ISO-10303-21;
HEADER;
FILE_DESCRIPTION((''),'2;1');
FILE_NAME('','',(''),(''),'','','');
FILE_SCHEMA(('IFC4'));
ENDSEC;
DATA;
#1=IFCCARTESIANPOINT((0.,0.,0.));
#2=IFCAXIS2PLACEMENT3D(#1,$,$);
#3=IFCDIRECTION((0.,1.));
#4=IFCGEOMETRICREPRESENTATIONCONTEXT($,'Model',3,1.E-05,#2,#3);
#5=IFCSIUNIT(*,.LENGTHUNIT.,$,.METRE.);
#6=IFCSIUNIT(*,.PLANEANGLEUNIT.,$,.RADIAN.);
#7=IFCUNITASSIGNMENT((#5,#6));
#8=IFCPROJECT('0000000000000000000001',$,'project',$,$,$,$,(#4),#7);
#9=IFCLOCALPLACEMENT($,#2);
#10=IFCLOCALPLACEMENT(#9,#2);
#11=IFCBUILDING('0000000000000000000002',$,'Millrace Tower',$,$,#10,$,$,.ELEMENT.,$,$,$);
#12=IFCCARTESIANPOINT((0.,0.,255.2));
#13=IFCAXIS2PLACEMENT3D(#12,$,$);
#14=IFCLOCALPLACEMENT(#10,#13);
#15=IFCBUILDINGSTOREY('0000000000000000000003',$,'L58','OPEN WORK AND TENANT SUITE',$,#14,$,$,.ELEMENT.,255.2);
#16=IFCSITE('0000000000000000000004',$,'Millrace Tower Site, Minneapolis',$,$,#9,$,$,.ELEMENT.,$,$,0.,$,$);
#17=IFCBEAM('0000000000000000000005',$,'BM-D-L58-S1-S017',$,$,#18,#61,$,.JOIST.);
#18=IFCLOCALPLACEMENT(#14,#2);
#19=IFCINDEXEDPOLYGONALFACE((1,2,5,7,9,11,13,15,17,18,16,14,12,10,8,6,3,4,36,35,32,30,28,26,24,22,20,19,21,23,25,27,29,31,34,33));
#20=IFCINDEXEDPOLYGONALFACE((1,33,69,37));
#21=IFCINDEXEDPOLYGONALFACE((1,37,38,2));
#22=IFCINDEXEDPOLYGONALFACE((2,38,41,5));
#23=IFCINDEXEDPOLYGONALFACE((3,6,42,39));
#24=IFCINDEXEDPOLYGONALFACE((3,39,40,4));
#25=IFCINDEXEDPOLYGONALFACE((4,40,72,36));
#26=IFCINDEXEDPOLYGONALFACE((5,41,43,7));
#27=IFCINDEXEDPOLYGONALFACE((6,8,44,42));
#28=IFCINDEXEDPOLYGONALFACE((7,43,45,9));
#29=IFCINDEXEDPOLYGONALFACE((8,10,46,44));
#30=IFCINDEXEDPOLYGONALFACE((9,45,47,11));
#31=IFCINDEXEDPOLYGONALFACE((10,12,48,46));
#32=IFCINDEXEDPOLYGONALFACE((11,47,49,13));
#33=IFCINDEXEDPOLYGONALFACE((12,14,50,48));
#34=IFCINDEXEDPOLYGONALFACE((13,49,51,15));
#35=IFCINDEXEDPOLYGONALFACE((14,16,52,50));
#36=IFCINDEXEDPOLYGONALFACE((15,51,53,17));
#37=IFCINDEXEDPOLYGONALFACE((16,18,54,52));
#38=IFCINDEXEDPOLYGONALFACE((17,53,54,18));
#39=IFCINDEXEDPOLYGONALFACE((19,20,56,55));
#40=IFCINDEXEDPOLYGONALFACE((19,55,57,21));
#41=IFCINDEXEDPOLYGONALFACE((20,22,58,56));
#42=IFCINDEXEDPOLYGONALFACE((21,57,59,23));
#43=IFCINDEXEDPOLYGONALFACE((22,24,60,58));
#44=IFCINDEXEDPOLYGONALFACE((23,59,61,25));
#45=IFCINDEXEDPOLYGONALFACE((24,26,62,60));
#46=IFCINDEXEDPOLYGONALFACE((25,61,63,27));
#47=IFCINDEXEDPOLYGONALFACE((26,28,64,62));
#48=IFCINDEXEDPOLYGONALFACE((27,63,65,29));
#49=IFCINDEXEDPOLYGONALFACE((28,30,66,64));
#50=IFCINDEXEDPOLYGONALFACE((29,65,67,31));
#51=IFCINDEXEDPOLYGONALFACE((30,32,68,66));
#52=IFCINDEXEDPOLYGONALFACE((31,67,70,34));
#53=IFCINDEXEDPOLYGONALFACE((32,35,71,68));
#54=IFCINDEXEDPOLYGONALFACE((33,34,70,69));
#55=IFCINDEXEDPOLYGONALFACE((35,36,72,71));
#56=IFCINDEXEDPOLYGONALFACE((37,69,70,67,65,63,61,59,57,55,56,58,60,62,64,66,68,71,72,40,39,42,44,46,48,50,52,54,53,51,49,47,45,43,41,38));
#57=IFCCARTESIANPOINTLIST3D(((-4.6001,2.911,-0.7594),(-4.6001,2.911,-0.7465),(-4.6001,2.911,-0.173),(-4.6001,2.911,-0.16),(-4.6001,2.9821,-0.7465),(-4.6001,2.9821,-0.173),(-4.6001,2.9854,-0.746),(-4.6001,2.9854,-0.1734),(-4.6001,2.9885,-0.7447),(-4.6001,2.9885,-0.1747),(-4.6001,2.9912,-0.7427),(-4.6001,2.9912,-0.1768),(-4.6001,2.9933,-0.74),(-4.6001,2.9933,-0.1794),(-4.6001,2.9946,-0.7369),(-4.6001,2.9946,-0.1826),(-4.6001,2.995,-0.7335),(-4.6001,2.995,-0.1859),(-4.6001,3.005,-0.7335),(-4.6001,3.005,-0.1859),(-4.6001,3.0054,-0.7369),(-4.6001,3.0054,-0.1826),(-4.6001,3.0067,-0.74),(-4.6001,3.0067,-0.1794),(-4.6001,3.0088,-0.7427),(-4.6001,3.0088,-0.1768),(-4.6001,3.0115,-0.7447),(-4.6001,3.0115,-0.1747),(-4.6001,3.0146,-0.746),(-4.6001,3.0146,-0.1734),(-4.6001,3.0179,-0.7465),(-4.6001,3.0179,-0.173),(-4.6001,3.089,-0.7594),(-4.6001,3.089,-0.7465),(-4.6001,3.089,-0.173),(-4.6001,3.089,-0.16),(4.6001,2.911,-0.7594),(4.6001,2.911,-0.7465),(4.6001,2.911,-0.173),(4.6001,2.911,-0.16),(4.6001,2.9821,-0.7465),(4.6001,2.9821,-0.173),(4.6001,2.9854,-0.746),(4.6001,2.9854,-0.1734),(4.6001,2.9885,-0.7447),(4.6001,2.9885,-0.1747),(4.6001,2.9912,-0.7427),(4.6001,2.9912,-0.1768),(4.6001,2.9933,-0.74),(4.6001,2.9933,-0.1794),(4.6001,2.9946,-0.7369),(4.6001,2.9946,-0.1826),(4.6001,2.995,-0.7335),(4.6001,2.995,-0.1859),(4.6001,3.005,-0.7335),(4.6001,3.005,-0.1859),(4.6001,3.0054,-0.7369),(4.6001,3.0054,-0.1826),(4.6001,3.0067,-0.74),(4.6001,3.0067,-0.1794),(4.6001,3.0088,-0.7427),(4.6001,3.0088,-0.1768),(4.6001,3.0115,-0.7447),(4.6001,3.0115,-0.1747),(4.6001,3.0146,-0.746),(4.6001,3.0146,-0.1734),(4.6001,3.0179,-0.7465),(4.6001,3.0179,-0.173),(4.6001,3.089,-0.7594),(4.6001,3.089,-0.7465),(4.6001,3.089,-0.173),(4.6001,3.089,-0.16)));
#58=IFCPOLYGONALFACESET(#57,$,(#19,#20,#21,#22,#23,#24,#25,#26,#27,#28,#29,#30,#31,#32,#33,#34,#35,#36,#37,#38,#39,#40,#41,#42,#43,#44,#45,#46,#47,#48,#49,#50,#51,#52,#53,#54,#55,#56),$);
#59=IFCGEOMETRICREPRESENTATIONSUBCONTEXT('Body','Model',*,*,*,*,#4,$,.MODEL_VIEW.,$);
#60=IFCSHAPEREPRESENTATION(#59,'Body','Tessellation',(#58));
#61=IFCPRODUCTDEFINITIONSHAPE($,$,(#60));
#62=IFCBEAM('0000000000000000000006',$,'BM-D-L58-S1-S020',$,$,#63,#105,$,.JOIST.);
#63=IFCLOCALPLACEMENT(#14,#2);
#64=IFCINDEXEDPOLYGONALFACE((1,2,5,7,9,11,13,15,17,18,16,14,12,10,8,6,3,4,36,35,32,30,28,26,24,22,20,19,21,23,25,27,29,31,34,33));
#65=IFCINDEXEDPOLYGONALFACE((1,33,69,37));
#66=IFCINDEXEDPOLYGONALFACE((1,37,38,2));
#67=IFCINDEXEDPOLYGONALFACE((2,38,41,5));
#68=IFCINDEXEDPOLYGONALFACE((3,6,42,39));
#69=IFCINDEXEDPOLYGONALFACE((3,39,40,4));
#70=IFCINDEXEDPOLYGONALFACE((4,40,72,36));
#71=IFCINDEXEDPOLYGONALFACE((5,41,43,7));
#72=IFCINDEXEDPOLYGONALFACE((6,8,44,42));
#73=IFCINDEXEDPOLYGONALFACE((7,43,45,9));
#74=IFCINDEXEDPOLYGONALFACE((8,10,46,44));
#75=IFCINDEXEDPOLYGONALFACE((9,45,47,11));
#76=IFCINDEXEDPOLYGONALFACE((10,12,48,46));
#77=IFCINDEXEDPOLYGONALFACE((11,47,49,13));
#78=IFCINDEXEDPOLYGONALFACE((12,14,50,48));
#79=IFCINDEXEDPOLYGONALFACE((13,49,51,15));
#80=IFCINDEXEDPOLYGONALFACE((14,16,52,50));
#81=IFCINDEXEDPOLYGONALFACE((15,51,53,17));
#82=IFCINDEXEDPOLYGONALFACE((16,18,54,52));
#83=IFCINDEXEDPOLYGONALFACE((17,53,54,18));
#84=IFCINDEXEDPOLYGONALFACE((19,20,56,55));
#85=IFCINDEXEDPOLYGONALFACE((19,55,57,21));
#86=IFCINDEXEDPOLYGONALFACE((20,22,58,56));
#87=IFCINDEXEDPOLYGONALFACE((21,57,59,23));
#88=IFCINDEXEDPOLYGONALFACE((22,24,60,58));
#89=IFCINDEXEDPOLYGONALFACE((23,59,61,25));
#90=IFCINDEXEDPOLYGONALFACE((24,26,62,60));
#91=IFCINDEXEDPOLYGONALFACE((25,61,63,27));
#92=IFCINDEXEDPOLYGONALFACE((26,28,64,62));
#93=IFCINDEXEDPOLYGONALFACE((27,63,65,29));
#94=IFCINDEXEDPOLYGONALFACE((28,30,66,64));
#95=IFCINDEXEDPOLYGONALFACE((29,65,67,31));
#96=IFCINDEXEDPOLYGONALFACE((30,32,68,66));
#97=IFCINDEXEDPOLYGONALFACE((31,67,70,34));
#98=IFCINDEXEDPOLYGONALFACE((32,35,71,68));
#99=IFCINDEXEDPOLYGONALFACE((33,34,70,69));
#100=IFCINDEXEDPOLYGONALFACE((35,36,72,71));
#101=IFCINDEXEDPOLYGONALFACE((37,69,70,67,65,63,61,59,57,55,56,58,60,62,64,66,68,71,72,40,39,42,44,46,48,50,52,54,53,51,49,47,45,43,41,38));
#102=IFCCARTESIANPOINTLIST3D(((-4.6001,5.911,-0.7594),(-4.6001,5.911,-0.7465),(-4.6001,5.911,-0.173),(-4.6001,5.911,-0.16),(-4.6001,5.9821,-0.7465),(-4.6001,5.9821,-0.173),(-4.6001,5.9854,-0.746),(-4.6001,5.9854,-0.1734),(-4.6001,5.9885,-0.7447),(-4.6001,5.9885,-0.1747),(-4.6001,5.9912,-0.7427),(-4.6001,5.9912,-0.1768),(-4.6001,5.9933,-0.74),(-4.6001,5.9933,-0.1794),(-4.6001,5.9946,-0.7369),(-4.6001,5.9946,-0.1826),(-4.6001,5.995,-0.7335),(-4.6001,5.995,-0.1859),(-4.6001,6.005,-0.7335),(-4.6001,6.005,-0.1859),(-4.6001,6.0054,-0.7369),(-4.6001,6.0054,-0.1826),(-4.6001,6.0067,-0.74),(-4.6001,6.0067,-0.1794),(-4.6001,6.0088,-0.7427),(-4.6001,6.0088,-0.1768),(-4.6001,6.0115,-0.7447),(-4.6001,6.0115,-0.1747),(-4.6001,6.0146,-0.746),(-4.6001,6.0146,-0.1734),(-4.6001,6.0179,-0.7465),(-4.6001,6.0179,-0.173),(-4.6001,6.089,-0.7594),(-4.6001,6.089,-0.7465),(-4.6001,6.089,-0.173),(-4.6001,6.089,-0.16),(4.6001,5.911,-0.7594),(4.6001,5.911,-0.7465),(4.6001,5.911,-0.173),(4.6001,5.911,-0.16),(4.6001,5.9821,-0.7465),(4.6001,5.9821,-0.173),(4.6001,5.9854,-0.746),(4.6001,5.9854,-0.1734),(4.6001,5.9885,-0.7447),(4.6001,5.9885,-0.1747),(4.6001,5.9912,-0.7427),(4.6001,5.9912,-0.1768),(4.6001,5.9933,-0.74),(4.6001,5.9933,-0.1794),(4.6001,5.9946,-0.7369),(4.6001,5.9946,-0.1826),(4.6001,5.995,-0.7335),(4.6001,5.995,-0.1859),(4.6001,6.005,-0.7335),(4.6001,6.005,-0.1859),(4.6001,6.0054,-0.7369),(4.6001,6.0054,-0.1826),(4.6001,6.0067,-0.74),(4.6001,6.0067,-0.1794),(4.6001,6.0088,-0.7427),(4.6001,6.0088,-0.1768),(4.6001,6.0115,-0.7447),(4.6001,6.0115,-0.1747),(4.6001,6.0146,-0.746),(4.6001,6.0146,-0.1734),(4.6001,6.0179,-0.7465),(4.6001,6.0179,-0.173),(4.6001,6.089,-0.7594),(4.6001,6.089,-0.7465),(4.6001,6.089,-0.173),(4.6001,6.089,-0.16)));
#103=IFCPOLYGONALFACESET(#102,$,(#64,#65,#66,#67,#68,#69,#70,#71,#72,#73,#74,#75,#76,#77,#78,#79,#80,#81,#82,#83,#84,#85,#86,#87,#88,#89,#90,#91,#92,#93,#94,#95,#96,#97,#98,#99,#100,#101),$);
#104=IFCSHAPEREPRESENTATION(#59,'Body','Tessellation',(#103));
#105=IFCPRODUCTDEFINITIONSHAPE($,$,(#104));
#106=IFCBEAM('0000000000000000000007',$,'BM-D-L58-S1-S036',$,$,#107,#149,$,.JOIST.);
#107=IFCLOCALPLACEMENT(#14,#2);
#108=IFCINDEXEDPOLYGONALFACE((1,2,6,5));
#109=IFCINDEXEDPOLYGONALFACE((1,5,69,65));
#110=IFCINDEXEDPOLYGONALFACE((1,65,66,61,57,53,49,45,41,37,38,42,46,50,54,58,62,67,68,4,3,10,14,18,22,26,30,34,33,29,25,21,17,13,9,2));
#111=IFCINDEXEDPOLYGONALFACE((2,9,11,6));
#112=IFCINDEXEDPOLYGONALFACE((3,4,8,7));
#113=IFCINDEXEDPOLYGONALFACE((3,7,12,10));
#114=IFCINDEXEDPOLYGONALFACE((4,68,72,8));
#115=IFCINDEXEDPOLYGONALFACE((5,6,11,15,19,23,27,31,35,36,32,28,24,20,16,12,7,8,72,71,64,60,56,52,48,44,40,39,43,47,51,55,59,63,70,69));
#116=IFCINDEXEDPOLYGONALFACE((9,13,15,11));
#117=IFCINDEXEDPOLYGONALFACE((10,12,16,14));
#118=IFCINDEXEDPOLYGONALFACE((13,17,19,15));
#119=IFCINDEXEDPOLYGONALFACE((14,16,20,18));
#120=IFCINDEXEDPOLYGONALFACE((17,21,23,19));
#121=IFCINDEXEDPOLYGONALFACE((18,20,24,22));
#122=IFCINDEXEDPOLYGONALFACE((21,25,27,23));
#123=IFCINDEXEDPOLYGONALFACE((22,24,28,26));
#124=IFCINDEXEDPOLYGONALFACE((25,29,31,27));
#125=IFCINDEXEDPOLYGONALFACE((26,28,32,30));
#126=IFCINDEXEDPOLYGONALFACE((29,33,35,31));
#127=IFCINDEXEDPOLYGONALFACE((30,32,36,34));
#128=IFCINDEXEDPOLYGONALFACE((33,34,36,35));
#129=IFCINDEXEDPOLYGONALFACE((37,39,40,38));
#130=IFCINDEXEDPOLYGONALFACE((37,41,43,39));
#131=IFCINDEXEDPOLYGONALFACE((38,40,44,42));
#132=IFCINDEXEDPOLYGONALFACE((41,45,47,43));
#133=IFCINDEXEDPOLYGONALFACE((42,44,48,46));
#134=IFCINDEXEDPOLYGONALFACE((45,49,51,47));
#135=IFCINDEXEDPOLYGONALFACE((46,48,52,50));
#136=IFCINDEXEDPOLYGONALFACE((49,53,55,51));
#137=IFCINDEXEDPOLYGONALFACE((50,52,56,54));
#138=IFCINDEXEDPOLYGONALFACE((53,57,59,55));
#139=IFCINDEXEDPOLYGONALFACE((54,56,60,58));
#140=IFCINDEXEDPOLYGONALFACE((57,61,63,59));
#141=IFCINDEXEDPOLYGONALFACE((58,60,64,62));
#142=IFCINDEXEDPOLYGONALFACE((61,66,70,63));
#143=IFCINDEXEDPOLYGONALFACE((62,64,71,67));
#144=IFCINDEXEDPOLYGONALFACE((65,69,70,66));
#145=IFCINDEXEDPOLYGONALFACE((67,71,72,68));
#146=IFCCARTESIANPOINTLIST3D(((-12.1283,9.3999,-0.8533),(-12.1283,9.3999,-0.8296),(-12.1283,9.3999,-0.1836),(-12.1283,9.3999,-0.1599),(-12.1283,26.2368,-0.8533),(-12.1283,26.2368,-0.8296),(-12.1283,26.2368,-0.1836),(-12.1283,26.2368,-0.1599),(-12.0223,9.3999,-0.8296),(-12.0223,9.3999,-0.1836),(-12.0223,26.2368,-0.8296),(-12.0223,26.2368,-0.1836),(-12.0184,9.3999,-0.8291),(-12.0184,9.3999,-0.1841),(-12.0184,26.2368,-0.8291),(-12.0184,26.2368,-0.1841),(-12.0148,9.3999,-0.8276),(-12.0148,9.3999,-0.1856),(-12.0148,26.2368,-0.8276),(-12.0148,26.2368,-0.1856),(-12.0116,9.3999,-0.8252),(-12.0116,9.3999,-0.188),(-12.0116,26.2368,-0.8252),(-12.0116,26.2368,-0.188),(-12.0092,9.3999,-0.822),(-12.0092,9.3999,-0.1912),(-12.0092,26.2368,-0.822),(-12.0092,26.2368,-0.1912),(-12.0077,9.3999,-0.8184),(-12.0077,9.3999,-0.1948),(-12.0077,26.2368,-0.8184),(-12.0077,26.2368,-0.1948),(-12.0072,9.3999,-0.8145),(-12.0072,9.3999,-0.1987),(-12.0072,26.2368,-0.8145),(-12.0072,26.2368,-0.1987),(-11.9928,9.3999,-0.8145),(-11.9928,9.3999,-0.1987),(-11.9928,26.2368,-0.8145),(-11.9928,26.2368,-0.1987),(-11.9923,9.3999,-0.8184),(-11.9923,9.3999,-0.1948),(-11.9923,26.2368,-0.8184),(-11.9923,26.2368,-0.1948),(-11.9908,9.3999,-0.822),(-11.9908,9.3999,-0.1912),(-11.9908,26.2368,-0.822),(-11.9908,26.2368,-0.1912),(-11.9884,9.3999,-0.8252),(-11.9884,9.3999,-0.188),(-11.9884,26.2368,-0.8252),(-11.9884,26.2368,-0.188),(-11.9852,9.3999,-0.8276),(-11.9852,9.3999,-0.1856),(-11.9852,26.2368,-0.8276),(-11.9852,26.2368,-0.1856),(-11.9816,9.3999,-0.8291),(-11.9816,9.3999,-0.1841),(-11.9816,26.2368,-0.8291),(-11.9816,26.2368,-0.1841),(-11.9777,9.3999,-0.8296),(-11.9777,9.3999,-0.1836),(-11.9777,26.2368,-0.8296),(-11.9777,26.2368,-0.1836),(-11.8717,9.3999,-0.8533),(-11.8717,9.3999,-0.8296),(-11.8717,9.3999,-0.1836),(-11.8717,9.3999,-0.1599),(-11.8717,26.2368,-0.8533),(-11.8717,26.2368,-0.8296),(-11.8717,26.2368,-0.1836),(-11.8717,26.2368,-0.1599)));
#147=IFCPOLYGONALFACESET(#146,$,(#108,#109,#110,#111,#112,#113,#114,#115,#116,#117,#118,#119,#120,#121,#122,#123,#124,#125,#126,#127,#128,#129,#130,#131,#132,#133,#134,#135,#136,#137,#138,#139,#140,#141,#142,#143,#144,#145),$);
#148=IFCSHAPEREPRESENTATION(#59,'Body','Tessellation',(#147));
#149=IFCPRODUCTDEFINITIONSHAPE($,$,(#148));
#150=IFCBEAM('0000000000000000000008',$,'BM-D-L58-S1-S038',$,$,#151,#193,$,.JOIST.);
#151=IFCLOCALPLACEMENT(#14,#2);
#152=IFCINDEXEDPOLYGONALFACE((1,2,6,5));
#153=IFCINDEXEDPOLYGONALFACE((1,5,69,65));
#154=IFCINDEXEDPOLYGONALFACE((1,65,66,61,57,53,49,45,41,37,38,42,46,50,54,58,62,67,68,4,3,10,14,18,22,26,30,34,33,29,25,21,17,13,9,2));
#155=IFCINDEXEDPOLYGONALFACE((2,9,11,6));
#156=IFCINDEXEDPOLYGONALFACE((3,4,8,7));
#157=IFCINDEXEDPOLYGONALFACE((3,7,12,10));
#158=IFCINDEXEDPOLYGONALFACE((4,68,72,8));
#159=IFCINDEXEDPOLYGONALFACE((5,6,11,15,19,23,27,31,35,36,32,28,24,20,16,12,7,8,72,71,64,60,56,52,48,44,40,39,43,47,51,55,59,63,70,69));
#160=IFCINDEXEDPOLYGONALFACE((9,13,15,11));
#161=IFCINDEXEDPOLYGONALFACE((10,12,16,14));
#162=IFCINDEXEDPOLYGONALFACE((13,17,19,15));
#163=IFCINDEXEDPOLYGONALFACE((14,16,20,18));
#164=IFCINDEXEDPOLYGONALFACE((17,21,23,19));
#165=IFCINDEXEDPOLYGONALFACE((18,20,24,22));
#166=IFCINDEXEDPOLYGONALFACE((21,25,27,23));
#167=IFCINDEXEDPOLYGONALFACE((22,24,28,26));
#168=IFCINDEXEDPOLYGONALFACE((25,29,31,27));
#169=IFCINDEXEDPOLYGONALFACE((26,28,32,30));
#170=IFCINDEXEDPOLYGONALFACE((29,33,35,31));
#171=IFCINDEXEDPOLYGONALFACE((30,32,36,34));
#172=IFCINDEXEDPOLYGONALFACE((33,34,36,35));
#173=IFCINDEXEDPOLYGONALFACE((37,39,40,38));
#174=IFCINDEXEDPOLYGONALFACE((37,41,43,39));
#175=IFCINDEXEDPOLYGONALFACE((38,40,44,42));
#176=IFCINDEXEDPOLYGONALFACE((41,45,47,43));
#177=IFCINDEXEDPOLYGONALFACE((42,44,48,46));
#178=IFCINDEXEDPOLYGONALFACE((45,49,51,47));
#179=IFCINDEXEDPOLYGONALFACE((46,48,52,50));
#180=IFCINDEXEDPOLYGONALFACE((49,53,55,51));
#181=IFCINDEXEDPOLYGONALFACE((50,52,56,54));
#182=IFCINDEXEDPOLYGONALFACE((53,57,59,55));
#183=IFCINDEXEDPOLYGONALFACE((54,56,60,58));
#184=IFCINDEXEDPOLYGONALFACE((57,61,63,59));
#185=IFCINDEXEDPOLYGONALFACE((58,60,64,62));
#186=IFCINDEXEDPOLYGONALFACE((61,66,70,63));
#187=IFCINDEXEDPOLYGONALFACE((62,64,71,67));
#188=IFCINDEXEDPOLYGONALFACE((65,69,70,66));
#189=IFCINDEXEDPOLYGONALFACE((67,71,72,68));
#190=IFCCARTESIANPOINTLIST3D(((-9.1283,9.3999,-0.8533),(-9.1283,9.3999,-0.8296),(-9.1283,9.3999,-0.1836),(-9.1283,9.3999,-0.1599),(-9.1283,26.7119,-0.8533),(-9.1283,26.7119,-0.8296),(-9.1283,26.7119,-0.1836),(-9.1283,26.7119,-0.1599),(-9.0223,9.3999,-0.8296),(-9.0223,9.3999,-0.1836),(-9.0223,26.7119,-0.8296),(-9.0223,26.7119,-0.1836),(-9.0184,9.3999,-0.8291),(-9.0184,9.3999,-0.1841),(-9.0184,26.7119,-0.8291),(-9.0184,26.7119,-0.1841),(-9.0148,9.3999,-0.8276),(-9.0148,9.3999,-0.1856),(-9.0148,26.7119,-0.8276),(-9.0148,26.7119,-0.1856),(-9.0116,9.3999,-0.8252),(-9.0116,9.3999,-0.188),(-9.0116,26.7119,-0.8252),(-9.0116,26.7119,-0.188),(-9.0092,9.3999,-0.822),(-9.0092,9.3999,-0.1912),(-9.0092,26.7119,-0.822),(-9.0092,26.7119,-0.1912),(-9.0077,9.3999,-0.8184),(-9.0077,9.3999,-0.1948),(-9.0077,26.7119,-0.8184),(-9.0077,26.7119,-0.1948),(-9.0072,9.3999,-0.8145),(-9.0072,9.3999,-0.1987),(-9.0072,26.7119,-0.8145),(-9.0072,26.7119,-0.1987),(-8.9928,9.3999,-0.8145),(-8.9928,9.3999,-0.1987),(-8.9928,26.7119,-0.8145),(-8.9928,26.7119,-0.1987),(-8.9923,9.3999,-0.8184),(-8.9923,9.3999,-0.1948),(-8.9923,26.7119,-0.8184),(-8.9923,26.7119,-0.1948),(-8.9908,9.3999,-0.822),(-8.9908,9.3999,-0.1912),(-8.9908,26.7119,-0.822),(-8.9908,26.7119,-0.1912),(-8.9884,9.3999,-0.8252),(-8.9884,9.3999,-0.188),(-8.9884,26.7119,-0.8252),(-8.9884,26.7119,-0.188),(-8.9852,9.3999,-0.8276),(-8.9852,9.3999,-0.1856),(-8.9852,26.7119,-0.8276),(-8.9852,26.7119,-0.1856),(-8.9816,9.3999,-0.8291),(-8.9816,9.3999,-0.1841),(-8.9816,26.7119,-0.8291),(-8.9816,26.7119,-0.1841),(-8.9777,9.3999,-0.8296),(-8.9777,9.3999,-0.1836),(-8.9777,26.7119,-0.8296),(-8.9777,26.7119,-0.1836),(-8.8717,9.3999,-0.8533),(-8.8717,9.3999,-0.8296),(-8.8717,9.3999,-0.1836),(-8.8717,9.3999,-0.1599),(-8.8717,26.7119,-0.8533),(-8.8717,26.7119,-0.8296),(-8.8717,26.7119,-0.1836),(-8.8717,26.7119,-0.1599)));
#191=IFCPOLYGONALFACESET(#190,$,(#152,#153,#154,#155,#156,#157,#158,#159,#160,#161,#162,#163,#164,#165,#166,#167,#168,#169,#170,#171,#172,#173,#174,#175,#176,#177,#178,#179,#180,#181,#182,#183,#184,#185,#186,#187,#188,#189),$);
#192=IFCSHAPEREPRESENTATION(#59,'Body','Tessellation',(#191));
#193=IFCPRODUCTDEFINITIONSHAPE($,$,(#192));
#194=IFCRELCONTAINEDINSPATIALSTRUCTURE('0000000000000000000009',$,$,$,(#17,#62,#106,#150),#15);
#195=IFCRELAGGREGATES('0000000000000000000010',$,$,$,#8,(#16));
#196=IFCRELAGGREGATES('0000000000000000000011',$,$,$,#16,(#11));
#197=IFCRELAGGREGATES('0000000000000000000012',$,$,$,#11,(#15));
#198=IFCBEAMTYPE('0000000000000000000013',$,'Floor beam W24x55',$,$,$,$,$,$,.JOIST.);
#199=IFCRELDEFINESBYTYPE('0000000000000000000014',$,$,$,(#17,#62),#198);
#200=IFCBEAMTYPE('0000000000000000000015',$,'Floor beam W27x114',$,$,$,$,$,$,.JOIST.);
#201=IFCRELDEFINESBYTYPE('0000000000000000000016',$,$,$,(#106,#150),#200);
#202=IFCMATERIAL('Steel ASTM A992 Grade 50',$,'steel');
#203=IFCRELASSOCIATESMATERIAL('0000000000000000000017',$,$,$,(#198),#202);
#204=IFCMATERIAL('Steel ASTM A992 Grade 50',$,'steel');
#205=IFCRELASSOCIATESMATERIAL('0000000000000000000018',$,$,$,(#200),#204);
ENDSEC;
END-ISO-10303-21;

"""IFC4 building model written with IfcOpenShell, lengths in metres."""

from ifc_helpers import new_model, si_unit, direction, frame, origin, origin_2d, place, context, subcontext, project, spatial, i_section, extrude, material, material_profile, profile_set, type_object, element, save


model = new_model("IFC4")

# Units and contexts
model_context = context("Model", 3, precision=1e-05, world=origin(), true_north=direction((0.0, 1.0)))
body_context = subcontext(model_context, "Body", "Model", "MODEL_VIEW")
ifc_project = project(units=[si_unit("LENGTHUNIT", "METRE"), si_unit("PLANEANGLEUNIT", "RADIAN")], contexts=[model_context])

# Site, building, storey
site_placement = place(None, origin())
site = spatial("IfcSite", under=ifc_project, at=site_placement, Name="Millrace Tower Site, Minneapolis", CompositionType="ELEMENT", RefElevation=0.0)
building_placement = place(site_placement, origin())
building = spatial("IfcBuilding", under=site, at=building_placement, Name="Millrace Tower", CompositionType="ELEMENT")
storey_placement = place(building_placement, frame((0.0, 0.0, 255.2)))
storey = spatial("IfcBuildingStorey", under=building, at=storey_placement, Name="L58", Description="OPEN WORK AND TENANT SUITE", CompositionType="ELEMENT", Elevation=255.2)

# Beams
ifc_material_1 = material(Name="Steel ASTM A992 Grade 50", Category="steel")
ifc_material_profile_1 = material_profile(ifc_material_1, i_section(OverallWidth=0.178, OverallDepth=0.5994, WebThickness=0.01, FlangeThickness=0.0129, FilletRadius=0.0129, at=origin_2d()))
ifc_profile_set_1 = profile_set([ifc_material_profile_1], Name="Steel ASTM A992 Grade 50")
beam_type_1 = type_object("IfcBeamType", Name="Floor beam W24x55", PredefinedType="JOIST", material=ifc_profile_set_1)
for number, where, z_axis, x_axis, name in (
    (1, (-4.6001, 3.0, -0.4597), (1.0, 0.0, 0.0), (0.0, 1.0, 0.0), "BM-D-L58-S1-S017"),
    (2, (-4.6001, 6.0, -0.4597), (1.0, 0.0, 0.0), (0.0, 1.0, 0.0), "BM-D-L58-S1-S020"),
):
    element("IfcBeam", number, at=place(storey_placement, frame(where, z_axis=z_axis, x_axis=x_axis)), inside=storey, type_object=beam_type_1, Name=name, PredefinedType="JOIST", context=body_context, shape_type="SweptSolid", body=[
        extrude(i_section(OverallWidth=0.178, OverallDepth=0.5994, WebThickness=0.01, FlangeThickness=0.0129, FilletRadius=0.0129, at=origin_2d()), origin(), (0.0, 0.0, 1.0), 9.2002),
    ])
ifc_material_2 = material(Name="Steel ASTM A992 Grade 50", Category="steel")
ifc_material_profile_2 = material_profile(ifc_material_2, i_section(OverallWidth=0.2566, OverallDepth=0.6934, WebThickness=0.0144, FlangeThickness=0.0237, FilletRadius=0.0151, at=origin_2d()))
ifc_profile_set_2 = profile_set([ifc_material_profile_2], Name="Steel ASTM A992 Grade 50")
beam_type_2 = type_object("IfcBeamType", Name="Floor beam W27x114", PredefinedType="JOIST", material=ifc_profile_set_2)
beam_1_placement = place(storey_placement, frame((-12.0, 9.3999, -0.5066), z_axis=(0.0, 1.0, 0.0), x_axis=(-1.0, 0.0, 0.0)))
element("IfcBeam", 3, at=beam_1_placement, inside=storey, type_object=beam_type_2, Name="BM-D-L58-S1-S036", PredefinedType="JOIST", context=body_context, shape_type="SweptSolid", body=[
    extrude(i_section(OverallWidth=0.2566, OverallDepth=0.6934, WebThickness=0.0144, FlangeThickness=0.0237, FilletRadius=0.0151, at=origin_2d()), origin(), (0.0, 0.0, 1.0), 16.8369),
])
beam_2_placement = place(storey_placement, frame((-9.0, 9.3999, -0.5066), z_axis=(0.0, 1.0, 0.0), x_axis=(-1.0, 0.0, 0.0)))
element("IfcBeam", 4, at=beam_2_placement, inside=storey, type_object=beam_type_2, Name="BM-D-L58-S1-S038", PredefinedType="JOIST", context=body_context, shape_type="SweptSolid", body=[
    extrude(i_section(OverallWidth=0.2566, OverallDepth=0.6934, WebThickness=0.0144, FlangeThickness=0.0237, FilletRadius=0.0151, at=origin_2d()), origin(), (0.0, 0.0, 1.0), 17.312),
])

save(model, "model.ifc")
